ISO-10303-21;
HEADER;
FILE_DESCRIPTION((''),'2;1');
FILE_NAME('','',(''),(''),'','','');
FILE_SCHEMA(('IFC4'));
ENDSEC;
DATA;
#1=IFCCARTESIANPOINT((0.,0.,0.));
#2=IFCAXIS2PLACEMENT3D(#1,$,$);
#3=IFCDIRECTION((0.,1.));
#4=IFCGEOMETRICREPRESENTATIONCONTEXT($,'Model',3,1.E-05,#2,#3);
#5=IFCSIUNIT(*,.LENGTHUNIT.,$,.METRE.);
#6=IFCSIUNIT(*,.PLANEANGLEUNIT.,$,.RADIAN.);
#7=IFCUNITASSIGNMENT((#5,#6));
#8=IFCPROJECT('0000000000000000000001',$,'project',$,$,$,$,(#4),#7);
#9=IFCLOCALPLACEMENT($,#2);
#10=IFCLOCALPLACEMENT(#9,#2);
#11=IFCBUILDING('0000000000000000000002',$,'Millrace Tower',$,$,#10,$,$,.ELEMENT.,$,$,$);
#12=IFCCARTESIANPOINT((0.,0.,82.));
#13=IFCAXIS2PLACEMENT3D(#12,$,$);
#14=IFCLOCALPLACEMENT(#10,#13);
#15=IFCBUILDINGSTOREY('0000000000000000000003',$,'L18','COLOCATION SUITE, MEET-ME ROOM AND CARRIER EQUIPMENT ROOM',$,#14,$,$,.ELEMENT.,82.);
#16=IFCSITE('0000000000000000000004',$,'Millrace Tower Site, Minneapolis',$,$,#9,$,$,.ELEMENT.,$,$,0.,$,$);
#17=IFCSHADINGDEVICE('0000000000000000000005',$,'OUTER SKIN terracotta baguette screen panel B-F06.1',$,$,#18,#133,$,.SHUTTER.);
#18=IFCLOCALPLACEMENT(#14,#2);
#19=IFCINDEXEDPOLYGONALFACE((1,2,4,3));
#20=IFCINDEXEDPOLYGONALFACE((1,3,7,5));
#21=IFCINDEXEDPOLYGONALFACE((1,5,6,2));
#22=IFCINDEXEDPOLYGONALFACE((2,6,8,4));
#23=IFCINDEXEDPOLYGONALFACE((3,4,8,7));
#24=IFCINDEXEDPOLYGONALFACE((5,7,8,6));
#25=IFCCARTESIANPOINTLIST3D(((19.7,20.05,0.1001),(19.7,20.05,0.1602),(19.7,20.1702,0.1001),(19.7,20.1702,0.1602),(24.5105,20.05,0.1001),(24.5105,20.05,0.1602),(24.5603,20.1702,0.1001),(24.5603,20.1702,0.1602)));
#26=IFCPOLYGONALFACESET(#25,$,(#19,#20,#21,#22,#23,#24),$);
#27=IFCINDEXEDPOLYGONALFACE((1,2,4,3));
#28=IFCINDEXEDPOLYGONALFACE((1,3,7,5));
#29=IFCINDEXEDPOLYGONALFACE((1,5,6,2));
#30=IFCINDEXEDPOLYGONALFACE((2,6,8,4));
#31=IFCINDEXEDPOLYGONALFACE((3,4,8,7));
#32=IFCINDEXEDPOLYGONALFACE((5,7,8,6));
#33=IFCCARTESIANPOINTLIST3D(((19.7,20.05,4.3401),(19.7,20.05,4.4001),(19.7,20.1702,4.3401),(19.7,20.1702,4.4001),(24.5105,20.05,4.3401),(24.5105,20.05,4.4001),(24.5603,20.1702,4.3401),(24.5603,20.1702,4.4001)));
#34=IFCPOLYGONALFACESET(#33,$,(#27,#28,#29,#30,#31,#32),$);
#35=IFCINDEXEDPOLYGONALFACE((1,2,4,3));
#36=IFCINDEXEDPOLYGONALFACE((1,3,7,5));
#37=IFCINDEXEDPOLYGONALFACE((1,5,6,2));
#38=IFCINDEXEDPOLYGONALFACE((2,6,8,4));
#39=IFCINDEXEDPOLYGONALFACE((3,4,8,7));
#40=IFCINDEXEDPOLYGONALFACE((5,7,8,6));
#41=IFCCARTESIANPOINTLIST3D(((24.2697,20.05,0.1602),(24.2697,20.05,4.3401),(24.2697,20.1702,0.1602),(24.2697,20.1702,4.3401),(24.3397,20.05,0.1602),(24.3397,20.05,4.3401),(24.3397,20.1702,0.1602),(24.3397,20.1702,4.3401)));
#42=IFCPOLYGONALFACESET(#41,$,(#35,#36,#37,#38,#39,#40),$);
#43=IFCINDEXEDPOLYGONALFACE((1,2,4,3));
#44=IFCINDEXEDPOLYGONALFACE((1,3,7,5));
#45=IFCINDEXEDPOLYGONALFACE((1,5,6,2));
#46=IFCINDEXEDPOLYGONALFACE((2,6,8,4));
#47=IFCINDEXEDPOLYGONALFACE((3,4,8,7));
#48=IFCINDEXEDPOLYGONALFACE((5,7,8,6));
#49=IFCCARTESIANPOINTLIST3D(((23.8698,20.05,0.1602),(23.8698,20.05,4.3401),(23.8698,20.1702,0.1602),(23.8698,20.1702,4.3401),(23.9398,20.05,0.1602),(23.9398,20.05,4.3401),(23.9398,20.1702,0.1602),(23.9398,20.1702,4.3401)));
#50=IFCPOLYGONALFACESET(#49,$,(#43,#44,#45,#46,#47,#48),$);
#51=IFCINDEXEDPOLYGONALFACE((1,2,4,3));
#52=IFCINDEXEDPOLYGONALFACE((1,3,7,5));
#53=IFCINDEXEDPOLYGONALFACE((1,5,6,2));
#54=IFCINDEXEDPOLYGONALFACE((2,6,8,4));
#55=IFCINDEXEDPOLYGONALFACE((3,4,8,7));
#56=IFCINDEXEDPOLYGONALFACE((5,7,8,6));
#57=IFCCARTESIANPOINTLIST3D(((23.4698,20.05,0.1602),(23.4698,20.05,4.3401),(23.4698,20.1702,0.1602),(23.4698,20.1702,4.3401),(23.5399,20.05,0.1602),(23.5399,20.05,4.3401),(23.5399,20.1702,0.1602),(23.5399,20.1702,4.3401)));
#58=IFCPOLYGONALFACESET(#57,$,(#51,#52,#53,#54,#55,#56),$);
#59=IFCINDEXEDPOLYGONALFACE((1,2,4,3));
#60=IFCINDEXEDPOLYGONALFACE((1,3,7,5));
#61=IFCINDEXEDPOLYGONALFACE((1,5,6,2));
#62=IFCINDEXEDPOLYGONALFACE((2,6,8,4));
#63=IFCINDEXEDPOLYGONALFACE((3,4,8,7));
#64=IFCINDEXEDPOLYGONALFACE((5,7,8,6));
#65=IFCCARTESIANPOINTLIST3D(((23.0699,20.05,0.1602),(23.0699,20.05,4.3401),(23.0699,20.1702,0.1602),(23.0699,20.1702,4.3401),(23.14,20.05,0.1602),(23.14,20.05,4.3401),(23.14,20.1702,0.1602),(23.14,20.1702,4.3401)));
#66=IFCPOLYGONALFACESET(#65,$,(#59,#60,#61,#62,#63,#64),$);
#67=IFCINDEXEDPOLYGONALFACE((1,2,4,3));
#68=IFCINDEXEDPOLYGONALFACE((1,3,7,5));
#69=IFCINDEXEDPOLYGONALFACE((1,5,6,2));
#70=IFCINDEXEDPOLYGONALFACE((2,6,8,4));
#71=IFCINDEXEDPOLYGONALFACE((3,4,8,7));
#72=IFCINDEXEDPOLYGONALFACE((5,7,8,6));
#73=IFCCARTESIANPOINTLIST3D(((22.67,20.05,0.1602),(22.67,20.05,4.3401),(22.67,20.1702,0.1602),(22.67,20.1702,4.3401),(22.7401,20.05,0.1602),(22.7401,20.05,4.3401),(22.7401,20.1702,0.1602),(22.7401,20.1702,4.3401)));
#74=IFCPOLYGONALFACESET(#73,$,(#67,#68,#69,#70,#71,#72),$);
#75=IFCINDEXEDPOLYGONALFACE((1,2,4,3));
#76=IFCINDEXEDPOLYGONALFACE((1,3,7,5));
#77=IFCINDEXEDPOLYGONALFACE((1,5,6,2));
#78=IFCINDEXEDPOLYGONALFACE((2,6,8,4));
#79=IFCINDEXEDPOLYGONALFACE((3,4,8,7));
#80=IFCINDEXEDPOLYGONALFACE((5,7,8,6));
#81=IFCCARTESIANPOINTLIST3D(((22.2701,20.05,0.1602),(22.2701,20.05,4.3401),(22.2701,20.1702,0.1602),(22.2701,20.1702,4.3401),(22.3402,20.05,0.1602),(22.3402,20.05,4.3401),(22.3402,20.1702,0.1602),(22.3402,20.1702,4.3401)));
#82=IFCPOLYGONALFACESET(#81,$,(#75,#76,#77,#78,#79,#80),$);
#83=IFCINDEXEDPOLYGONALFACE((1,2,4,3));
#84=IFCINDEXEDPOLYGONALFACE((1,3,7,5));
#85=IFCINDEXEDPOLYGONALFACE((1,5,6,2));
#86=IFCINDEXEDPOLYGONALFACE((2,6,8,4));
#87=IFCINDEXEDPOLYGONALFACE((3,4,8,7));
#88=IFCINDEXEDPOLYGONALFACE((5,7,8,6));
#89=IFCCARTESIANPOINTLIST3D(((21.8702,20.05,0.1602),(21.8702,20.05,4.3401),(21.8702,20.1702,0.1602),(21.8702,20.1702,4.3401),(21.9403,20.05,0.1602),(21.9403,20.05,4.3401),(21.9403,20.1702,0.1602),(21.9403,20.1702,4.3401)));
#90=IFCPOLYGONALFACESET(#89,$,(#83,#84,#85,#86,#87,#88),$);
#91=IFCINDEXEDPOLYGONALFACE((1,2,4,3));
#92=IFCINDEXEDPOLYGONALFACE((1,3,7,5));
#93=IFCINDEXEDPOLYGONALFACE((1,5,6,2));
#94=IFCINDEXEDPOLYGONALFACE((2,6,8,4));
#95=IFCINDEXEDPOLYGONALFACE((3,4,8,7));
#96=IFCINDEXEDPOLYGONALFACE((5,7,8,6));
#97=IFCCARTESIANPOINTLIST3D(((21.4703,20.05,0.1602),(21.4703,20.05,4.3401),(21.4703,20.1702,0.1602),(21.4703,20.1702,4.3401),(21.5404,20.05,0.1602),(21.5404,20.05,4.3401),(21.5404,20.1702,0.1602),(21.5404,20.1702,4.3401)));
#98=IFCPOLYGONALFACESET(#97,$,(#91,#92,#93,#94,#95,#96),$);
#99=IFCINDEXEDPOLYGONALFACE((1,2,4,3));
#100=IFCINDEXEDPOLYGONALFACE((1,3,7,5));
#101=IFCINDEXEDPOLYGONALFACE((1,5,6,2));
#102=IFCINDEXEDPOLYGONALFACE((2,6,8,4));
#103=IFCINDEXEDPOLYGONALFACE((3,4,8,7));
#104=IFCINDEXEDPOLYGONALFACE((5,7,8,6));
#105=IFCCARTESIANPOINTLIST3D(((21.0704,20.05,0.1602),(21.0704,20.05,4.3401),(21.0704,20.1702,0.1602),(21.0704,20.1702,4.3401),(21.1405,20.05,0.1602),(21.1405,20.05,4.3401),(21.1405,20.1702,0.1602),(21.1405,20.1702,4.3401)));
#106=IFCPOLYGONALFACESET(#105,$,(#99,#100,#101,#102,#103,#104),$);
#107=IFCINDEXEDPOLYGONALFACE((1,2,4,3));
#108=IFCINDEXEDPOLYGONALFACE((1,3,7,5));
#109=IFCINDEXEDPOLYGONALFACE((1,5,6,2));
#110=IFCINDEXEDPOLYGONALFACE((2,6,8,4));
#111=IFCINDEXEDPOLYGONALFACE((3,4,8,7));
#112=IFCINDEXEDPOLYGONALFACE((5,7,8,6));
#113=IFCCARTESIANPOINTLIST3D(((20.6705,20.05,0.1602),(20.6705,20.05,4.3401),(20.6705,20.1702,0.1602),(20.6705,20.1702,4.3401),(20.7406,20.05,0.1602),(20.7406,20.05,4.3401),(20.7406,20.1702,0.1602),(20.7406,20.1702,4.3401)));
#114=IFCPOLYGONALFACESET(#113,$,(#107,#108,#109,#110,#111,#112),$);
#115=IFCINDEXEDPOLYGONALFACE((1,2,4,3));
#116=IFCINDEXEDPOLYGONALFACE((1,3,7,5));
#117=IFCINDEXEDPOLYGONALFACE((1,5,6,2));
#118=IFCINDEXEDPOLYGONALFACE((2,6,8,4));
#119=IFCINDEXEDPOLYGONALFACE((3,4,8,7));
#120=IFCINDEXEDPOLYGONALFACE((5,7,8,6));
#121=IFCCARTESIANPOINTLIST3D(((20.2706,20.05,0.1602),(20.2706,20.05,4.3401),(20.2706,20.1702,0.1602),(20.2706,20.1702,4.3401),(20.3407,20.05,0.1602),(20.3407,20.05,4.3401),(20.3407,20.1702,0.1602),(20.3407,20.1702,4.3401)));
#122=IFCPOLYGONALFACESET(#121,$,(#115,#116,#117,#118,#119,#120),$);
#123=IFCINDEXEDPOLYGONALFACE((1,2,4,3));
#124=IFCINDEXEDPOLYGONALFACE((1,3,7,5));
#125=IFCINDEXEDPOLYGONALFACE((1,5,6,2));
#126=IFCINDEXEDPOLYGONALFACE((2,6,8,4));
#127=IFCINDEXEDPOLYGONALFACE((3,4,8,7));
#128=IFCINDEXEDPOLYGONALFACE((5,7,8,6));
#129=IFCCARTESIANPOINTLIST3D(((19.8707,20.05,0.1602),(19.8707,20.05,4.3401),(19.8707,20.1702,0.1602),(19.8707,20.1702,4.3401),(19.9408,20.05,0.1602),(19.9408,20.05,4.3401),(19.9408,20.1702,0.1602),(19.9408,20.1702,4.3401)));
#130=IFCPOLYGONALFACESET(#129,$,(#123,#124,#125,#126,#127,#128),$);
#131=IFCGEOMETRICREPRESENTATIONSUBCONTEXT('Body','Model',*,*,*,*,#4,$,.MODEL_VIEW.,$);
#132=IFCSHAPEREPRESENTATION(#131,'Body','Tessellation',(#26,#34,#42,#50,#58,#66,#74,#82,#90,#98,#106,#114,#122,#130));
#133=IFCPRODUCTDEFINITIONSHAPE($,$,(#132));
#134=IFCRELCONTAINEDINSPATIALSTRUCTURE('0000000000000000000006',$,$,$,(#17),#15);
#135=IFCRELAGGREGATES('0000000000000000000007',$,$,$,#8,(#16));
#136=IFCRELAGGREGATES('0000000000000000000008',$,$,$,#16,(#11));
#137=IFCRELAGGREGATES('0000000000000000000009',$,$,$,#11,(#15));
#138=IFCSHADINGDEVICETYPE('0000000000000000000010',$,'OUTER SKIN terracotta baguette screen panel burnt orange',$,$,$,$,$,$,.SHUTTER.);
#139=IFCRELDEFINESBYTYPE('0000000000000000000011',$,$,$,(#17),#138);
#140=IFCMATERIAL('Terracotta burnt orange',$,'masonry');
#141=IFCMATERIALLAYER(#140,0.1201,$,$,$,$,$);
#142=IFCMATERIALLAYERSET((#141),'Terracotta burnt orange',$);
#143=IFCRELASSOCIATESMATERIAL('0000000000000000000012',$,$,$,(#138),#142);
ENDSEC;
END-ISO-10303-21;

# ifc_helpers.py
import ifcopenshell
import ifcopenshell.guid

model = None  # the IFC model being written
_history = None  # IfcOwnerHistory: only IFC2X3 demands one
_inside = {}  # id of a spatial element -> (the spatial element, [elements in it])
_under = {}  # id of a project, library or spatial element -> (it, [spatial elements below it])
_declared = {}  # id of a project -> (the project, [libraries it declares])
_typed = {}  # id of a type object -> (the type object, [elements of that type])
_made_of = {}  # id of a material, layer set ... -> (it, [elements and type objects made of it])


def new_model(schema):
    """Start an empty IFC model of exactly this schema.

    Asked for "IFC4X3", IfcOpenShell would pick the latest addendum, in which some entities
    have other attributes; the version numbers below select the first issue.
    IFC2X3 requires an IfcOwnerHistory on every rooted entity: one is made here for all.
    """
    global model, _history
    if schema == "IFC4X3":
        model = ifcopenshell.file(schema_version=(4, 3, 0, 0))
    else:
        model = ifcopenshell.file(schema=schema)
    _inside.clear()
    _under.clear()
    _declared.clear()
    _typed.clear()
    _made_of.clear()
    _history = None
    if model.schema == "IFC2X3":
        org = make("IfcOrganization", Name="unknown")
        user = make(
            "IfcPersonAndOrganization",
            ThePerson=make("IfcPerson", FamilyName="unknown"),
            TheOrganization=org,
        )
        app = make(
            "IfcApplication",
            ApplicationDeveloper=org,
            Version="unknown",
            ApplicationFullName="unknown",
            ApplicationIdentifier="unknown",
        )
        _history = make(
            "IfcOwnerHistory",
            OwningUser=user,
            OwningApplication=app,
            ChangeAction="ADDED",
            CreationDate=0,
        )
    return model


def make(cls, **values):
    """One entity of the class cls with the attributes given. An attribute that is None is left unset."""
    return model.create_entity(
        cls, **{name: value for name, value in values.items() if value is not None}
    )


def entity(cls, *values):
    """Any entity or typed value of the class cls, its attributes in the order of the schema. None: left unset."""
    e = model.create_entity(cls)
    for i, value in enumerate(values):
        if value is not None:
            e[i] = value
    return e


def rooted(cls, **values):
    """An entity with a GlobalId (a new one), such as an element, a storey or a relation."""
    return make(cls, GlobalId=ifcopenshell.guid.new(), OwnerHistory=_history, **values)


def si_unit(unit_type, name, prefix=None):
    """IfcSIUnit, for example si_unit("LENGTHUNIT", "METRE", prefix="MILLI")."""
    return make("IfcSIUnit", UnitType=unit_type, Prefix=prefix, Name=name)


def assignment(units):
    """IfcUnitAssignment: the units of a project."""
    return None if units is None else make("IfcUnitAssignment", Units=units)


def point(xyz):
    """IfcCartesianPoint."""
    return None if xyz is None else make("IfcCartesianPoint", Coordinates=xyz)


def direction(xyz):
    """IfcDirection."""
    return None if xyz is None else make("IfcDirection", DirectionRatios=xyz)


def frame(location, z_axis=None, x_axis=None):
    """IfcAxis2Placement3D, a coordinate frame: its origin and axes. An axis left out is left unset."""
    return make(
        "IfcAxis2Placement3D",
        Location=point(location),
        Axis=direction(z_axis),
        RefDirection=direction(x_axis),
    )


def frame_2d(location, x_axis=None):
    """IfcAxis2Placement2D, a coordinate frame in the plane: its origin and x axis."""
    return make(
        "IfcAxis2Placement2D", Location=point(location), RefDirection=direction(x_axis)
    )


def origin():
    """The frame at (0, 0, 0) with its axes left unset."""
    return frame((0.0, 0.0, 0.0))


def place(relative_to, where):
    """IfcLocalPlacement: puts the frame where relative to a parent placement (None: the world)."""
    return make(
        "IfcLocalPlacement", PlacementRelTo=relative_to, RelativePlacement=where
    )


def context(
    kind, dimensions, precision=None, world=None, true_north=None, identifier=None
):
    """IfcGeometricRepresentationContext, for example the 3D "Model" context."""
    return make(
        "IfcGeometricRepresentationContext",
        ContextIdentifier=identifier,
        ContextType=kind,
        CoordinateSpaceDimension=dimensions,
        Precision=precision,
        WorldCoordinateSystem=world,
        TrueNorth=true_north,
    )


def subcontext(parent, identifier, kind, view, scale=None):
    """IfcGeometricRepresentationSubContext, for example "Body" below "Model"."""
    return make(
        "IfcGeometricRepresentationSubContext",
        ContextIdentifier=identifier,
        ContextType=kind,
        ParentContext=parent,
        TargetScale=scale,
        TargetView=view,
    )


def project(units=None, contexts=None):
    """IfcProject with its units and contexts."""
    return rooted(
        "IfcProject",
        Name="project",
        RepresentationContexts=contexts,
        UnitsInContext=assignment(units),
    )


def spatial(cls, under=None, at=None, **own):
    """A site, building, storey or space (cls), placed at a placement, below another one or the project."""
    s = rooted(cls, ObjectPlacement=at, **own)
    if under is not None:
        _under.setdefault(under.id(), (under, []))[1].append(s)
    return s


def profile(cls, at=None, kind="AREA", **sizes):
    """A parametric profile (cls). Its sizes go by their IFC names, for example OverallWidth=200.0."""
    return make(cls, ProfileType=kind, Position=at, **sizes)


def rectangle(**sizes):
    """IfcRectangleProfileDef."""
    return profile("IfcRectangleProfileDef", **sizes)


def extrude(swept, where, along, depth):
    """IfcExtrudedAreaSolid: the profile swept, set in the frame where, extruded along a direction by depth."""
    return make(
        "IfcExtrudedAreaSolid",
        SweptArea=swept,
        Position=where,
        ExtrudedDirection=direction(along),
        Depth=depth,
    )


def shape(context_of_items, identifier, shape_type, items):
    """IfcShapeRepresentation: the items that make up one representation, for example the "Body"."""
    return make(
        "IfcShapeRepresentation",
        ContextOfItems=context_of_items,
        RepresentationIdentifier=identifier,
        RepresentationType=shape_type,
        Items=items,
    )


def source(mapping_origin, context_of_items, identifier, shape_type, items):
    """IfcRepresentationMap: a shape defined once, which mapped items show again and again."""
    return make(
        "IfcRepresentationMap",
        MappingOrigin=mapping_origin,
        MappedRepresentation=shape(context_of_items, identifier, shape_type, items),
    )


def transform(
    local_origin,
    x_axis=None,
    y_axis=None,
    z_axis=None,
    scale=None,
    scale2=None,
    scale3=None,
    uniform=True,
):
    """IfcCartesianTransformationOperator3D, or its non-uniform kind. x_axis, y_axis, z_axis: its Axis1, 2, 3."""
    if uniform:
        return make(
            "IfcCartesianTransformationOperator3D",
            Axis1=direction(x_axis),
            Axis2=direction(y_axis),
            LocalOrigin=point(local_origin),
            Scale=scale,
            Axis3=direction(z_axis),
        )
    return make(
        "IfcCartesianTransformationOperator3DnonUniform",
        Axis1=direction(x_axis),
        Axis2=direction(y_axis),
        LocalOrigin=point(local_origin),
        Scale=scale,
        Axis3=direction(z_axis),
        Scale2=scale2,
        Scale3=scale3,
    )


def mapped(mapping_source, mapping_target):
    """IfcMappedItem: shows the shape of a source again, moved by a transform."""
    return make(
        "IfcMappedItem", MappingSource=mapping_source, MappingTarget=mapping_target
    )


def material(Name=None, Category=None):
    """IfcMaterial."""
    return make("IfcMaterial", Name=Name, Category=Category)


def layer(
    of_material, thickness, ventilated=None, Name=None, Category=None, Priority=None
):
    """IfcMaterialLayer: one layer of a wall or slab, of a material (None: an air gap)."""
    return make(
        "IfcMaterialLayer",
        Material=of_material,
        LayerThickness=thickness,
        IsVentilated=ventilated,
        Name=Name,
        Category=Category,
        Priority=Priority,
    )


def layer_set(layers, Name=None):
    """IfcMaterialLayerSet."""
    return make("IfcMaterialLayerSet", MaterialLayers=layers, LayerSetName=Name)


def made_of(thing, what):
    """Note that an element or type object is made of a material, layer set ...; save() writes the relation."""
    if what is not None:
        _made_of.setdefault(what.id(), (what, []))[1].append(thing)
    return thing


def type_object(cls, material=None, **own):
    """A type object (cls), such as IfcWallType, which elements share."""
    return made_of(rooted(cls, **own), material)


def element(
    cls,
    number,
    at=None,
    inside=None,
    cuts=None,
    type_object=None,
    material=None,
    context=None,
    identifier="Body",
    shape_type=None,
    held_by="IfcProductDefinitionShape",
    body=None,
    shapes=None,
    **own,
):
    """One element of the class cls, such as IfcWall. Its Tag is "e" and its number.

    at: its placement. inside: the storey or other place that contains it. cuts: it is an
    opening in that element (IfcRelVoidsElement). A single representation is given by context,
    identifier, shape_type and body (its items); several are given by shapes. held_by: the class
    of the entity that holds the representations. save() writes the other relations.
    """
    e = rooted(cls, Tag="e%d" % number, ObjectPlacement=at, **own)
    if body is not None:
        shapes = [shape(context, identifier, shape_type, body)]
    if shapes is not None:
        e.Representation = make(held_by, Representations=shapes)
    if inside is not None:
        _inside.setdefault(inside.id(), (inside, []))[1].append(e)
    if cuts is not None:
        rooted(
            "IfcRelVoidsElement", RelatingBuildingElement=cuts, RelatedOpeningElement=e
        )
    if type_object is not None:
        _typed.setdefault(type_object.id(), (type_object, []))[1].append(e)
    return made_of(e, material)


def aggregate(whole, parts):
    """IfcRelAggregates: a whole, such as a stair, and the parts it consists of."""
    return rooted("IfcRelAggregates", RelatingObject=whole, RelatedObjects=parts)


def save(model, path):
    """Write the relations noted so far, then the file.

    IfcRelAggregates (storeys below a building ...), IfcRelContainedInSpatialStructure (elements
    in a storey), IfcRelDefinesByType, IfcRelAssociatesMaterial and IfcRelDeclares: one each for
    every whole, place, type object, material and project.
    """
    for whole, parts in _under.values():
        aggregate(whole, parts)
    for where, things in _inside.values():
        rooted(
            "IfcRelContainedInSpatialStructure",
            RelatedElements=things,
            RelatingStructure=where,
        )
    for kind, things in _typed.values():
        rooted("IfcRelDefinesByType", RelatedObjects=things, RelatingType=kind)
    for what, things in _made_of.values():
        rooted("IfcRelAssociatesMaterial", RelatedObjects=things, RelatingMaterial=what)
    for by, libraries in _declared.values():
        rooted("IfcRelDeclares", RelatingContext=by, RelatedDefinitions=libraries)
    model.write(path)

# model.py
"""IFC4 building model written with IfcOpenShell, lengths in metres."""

from ifc_helpers import new_model, entity, si_unit, direction, frame, frame_2d, origin, place, context, subcontext, project, spatial, rectangle, extrude, source, transform, mapped, material, layer, layer_set, type_object, element, save


model = new_model("IFC4")

# Units and contexts
model_context = context("Model", 3, precision=1e-05, world=origin(), true_north=direction((0.0, 1.0)))
body_context = subcontext(model_context, "Body", "Model", "MODEL_VIEW")
ifc_project = project(units=[si_unit("LENGTHUNIT", "METRE"), si_unit("PLANEANGLEUNIT", "RADIAN")], contexts=[model_context])

# Site, building, storey
site_placement = place(None, origin())
site = spatial("IfcSite", under=ifc_project, at=site_placement, Name="Millrace Tower Site, Minneapolis", CompositionType="ELEMENT", RefElevation=0.0)
building_placement = place(site_placement, origin())
building = spatial("IfcBuilding", under=site, at=building_placement, Name="Millrace Tower", CompositionType="ELEMENT")
storey_placement = place(building_placement, frame((0.0, 0.0, 82.0)))
storey = spatial("IfcBuildingStorey", under=building, at=storey_placement, Name="L18", Description="COLOCATION SUITE, MEET-ME ROOM AND CARRIER EQUIPMENT ROOM", CompositionType="ELEMENT", Elevation=82.0)

# Shading device
ifc_material_1 = material(Name="Terracotta burnt orange", Category="masonry")
ifc_layer_1 = layer(ifc_material_1, 0.1201)
ifc_layer_set_1 = layer_set([ifc_layer_1], Name="Terracotta burnt orange")
shading_device_type = type_object("IfcShadingDeviceType", Name="OUTER SKIN terracotta baguette screen panel burnt orange", PredefinedType="SHUTTER", material=ifc_layer_set_1)
cartesian_point_1 = entity("IfcCartesianPoint", [-2.3928, 0.0601])
shared_polyline_1 = entity("IfcPolyline", [cartesian_point_1, entity("IfcCartesianPoint", [2.4177, 0.0601]), entity("IfcCartesianPoint", [2.4177, -0.0601]), entity("IfcCartesianPoint", [-2.4426, -0.0601]), cartesian_point_1])
shared_shape_1 = source(origin(), body_context, "Body", "SweptSolid", [
    entity("IfcExtrudedAreaSolid", entity("IfcArbitraryClosedProfileDef", "AREA", None, shared_polyline_1), entity("IfcAxis2Placement3D", entity("IfcCartesianPoint", [0.0, 0.0, 0.0])), entity("IfcDirection", [0.0, 0.0, 1.0]), 0.0601),
    entity("IfcExtrudedAreaSolid", entity("IfcArbitraryClosedProfileDef", "AREA", None, shared_polyline_1), entity("IfcAxis2Placement3D", entity("IfcCartesianPoint", [0.0, 0.0, 4.24])), entity("IfcDirection", [0.0, 0.0, 1.0]), 0.0601),
    extrude(rectangle(XDim=0.0701, YDim=0.1201, at=frame_2d((-2.187, 0.0))), frame((0.0, 0.0, 0.0601)), (0.0, 0.0, 1.0), 4.1799),
    extrude(rectangle(XDim=0.0701, YDim=0.1201, at=frame_2d((-1.7871, 0.0))), frame((0.0, 0.0, 0.0601)), (0.0, 0.0, 1.0), 4.1799),
    extrude(rectangle(XDim=0.0701, YDim=0.1201, at=frame_2d((-1.3872, 0.0))), frame((0.0, 0.0, 0.0601)), (0.0, 0.0, 1.0), 4.1799),
    extrude(rectangle(XDim=0.0701, YDim=0.1201, at=frame_2d((-0.9873, 0.0))), frame((0.0, 0.0, 0.0601)), (0.0, 0.0, 1.0), 4.1799),
    extrude(rectangle(XDim=0.0701, YDim=0.1201, at=frame_2d((-0.5874, 0.0))), frame((0.0, 0.0, 0.0601)), (0.0, 0.0, 1.0), 4.1799),
    extrude(rectangle(XDim=0.0701, YDim=0.1201, at=frame_2d((-0.1875, 0.0))), frame((0.0, 0.0, 0.0601)), (0.0, 0.0, 1.0), 4.1799),
    extrude(rectangle(XDim=0.0701, YDim=0.1201, at=frame_2d((0.2124, 0.0))), frame((0.0, 0.0, 0.0601)), (0.0, 0.0, 1.0), 4.1799),
    extrude(rectangle(XDim=0.0701, YDim=0.1201, at=frame_2d((0.6123, 0.0))), frame((0.0, 0.0, 0.0601)), (0.0, 0.0, 1.0), 4.1799),
    extrude(rectangle(XDim=0.0701, YDim=0.1201, at=frame_2d((1.0122, 0.0))), frame((0.0, 0.0, 0.0601)), (0.0, 0.0, 1.0), 4.1799),
    extrude(rectangle(XDim=0.0701, YDim=0.1201, at=frame_2d((1.4121, 0.0))), frame((0.0, 0.0, 0.0601)), (0.0, 0.0, 1.0), 4.1799),
    extrude(rectangle(XDim=0.0701, YDim=0.1201, at=frame_2d((1.812, 0.0))), frame((0.0, 0.0, 0.0601)), (0.0, 0.0, 1.0), 4.1799),
    extrude(rectangle(XDim=0.0701, YDim=0.1201, at=frame_2d((2.2119, 0.0))), frame((0.0, 0.0, 0.0601)), (0.0, 0.0, 1.0), 4.1799),
])
shading_device_1_placement = place(storey_placement, frame((22.1177, 20.1101, 0.1001), z_axis=(0.0, 0.0, 1.0), x_axis=(-1.0, 0.0, 0.0)))
element("IfcShadingDevice", 1, at=shading_device_1_placement, inside=storey, type_object=shading_device_type, Name="OUTER SKIN terracotta baguette screen panel B-F06.1", PredefinedType="SHUTTER", context=body_context, shape_type="MappedRepresentation", body=[
    mapped(shared_shape_1, transform((0.0, 0.0, 0.0), scale=1.0)),
])

save(model, "model.ifc")
